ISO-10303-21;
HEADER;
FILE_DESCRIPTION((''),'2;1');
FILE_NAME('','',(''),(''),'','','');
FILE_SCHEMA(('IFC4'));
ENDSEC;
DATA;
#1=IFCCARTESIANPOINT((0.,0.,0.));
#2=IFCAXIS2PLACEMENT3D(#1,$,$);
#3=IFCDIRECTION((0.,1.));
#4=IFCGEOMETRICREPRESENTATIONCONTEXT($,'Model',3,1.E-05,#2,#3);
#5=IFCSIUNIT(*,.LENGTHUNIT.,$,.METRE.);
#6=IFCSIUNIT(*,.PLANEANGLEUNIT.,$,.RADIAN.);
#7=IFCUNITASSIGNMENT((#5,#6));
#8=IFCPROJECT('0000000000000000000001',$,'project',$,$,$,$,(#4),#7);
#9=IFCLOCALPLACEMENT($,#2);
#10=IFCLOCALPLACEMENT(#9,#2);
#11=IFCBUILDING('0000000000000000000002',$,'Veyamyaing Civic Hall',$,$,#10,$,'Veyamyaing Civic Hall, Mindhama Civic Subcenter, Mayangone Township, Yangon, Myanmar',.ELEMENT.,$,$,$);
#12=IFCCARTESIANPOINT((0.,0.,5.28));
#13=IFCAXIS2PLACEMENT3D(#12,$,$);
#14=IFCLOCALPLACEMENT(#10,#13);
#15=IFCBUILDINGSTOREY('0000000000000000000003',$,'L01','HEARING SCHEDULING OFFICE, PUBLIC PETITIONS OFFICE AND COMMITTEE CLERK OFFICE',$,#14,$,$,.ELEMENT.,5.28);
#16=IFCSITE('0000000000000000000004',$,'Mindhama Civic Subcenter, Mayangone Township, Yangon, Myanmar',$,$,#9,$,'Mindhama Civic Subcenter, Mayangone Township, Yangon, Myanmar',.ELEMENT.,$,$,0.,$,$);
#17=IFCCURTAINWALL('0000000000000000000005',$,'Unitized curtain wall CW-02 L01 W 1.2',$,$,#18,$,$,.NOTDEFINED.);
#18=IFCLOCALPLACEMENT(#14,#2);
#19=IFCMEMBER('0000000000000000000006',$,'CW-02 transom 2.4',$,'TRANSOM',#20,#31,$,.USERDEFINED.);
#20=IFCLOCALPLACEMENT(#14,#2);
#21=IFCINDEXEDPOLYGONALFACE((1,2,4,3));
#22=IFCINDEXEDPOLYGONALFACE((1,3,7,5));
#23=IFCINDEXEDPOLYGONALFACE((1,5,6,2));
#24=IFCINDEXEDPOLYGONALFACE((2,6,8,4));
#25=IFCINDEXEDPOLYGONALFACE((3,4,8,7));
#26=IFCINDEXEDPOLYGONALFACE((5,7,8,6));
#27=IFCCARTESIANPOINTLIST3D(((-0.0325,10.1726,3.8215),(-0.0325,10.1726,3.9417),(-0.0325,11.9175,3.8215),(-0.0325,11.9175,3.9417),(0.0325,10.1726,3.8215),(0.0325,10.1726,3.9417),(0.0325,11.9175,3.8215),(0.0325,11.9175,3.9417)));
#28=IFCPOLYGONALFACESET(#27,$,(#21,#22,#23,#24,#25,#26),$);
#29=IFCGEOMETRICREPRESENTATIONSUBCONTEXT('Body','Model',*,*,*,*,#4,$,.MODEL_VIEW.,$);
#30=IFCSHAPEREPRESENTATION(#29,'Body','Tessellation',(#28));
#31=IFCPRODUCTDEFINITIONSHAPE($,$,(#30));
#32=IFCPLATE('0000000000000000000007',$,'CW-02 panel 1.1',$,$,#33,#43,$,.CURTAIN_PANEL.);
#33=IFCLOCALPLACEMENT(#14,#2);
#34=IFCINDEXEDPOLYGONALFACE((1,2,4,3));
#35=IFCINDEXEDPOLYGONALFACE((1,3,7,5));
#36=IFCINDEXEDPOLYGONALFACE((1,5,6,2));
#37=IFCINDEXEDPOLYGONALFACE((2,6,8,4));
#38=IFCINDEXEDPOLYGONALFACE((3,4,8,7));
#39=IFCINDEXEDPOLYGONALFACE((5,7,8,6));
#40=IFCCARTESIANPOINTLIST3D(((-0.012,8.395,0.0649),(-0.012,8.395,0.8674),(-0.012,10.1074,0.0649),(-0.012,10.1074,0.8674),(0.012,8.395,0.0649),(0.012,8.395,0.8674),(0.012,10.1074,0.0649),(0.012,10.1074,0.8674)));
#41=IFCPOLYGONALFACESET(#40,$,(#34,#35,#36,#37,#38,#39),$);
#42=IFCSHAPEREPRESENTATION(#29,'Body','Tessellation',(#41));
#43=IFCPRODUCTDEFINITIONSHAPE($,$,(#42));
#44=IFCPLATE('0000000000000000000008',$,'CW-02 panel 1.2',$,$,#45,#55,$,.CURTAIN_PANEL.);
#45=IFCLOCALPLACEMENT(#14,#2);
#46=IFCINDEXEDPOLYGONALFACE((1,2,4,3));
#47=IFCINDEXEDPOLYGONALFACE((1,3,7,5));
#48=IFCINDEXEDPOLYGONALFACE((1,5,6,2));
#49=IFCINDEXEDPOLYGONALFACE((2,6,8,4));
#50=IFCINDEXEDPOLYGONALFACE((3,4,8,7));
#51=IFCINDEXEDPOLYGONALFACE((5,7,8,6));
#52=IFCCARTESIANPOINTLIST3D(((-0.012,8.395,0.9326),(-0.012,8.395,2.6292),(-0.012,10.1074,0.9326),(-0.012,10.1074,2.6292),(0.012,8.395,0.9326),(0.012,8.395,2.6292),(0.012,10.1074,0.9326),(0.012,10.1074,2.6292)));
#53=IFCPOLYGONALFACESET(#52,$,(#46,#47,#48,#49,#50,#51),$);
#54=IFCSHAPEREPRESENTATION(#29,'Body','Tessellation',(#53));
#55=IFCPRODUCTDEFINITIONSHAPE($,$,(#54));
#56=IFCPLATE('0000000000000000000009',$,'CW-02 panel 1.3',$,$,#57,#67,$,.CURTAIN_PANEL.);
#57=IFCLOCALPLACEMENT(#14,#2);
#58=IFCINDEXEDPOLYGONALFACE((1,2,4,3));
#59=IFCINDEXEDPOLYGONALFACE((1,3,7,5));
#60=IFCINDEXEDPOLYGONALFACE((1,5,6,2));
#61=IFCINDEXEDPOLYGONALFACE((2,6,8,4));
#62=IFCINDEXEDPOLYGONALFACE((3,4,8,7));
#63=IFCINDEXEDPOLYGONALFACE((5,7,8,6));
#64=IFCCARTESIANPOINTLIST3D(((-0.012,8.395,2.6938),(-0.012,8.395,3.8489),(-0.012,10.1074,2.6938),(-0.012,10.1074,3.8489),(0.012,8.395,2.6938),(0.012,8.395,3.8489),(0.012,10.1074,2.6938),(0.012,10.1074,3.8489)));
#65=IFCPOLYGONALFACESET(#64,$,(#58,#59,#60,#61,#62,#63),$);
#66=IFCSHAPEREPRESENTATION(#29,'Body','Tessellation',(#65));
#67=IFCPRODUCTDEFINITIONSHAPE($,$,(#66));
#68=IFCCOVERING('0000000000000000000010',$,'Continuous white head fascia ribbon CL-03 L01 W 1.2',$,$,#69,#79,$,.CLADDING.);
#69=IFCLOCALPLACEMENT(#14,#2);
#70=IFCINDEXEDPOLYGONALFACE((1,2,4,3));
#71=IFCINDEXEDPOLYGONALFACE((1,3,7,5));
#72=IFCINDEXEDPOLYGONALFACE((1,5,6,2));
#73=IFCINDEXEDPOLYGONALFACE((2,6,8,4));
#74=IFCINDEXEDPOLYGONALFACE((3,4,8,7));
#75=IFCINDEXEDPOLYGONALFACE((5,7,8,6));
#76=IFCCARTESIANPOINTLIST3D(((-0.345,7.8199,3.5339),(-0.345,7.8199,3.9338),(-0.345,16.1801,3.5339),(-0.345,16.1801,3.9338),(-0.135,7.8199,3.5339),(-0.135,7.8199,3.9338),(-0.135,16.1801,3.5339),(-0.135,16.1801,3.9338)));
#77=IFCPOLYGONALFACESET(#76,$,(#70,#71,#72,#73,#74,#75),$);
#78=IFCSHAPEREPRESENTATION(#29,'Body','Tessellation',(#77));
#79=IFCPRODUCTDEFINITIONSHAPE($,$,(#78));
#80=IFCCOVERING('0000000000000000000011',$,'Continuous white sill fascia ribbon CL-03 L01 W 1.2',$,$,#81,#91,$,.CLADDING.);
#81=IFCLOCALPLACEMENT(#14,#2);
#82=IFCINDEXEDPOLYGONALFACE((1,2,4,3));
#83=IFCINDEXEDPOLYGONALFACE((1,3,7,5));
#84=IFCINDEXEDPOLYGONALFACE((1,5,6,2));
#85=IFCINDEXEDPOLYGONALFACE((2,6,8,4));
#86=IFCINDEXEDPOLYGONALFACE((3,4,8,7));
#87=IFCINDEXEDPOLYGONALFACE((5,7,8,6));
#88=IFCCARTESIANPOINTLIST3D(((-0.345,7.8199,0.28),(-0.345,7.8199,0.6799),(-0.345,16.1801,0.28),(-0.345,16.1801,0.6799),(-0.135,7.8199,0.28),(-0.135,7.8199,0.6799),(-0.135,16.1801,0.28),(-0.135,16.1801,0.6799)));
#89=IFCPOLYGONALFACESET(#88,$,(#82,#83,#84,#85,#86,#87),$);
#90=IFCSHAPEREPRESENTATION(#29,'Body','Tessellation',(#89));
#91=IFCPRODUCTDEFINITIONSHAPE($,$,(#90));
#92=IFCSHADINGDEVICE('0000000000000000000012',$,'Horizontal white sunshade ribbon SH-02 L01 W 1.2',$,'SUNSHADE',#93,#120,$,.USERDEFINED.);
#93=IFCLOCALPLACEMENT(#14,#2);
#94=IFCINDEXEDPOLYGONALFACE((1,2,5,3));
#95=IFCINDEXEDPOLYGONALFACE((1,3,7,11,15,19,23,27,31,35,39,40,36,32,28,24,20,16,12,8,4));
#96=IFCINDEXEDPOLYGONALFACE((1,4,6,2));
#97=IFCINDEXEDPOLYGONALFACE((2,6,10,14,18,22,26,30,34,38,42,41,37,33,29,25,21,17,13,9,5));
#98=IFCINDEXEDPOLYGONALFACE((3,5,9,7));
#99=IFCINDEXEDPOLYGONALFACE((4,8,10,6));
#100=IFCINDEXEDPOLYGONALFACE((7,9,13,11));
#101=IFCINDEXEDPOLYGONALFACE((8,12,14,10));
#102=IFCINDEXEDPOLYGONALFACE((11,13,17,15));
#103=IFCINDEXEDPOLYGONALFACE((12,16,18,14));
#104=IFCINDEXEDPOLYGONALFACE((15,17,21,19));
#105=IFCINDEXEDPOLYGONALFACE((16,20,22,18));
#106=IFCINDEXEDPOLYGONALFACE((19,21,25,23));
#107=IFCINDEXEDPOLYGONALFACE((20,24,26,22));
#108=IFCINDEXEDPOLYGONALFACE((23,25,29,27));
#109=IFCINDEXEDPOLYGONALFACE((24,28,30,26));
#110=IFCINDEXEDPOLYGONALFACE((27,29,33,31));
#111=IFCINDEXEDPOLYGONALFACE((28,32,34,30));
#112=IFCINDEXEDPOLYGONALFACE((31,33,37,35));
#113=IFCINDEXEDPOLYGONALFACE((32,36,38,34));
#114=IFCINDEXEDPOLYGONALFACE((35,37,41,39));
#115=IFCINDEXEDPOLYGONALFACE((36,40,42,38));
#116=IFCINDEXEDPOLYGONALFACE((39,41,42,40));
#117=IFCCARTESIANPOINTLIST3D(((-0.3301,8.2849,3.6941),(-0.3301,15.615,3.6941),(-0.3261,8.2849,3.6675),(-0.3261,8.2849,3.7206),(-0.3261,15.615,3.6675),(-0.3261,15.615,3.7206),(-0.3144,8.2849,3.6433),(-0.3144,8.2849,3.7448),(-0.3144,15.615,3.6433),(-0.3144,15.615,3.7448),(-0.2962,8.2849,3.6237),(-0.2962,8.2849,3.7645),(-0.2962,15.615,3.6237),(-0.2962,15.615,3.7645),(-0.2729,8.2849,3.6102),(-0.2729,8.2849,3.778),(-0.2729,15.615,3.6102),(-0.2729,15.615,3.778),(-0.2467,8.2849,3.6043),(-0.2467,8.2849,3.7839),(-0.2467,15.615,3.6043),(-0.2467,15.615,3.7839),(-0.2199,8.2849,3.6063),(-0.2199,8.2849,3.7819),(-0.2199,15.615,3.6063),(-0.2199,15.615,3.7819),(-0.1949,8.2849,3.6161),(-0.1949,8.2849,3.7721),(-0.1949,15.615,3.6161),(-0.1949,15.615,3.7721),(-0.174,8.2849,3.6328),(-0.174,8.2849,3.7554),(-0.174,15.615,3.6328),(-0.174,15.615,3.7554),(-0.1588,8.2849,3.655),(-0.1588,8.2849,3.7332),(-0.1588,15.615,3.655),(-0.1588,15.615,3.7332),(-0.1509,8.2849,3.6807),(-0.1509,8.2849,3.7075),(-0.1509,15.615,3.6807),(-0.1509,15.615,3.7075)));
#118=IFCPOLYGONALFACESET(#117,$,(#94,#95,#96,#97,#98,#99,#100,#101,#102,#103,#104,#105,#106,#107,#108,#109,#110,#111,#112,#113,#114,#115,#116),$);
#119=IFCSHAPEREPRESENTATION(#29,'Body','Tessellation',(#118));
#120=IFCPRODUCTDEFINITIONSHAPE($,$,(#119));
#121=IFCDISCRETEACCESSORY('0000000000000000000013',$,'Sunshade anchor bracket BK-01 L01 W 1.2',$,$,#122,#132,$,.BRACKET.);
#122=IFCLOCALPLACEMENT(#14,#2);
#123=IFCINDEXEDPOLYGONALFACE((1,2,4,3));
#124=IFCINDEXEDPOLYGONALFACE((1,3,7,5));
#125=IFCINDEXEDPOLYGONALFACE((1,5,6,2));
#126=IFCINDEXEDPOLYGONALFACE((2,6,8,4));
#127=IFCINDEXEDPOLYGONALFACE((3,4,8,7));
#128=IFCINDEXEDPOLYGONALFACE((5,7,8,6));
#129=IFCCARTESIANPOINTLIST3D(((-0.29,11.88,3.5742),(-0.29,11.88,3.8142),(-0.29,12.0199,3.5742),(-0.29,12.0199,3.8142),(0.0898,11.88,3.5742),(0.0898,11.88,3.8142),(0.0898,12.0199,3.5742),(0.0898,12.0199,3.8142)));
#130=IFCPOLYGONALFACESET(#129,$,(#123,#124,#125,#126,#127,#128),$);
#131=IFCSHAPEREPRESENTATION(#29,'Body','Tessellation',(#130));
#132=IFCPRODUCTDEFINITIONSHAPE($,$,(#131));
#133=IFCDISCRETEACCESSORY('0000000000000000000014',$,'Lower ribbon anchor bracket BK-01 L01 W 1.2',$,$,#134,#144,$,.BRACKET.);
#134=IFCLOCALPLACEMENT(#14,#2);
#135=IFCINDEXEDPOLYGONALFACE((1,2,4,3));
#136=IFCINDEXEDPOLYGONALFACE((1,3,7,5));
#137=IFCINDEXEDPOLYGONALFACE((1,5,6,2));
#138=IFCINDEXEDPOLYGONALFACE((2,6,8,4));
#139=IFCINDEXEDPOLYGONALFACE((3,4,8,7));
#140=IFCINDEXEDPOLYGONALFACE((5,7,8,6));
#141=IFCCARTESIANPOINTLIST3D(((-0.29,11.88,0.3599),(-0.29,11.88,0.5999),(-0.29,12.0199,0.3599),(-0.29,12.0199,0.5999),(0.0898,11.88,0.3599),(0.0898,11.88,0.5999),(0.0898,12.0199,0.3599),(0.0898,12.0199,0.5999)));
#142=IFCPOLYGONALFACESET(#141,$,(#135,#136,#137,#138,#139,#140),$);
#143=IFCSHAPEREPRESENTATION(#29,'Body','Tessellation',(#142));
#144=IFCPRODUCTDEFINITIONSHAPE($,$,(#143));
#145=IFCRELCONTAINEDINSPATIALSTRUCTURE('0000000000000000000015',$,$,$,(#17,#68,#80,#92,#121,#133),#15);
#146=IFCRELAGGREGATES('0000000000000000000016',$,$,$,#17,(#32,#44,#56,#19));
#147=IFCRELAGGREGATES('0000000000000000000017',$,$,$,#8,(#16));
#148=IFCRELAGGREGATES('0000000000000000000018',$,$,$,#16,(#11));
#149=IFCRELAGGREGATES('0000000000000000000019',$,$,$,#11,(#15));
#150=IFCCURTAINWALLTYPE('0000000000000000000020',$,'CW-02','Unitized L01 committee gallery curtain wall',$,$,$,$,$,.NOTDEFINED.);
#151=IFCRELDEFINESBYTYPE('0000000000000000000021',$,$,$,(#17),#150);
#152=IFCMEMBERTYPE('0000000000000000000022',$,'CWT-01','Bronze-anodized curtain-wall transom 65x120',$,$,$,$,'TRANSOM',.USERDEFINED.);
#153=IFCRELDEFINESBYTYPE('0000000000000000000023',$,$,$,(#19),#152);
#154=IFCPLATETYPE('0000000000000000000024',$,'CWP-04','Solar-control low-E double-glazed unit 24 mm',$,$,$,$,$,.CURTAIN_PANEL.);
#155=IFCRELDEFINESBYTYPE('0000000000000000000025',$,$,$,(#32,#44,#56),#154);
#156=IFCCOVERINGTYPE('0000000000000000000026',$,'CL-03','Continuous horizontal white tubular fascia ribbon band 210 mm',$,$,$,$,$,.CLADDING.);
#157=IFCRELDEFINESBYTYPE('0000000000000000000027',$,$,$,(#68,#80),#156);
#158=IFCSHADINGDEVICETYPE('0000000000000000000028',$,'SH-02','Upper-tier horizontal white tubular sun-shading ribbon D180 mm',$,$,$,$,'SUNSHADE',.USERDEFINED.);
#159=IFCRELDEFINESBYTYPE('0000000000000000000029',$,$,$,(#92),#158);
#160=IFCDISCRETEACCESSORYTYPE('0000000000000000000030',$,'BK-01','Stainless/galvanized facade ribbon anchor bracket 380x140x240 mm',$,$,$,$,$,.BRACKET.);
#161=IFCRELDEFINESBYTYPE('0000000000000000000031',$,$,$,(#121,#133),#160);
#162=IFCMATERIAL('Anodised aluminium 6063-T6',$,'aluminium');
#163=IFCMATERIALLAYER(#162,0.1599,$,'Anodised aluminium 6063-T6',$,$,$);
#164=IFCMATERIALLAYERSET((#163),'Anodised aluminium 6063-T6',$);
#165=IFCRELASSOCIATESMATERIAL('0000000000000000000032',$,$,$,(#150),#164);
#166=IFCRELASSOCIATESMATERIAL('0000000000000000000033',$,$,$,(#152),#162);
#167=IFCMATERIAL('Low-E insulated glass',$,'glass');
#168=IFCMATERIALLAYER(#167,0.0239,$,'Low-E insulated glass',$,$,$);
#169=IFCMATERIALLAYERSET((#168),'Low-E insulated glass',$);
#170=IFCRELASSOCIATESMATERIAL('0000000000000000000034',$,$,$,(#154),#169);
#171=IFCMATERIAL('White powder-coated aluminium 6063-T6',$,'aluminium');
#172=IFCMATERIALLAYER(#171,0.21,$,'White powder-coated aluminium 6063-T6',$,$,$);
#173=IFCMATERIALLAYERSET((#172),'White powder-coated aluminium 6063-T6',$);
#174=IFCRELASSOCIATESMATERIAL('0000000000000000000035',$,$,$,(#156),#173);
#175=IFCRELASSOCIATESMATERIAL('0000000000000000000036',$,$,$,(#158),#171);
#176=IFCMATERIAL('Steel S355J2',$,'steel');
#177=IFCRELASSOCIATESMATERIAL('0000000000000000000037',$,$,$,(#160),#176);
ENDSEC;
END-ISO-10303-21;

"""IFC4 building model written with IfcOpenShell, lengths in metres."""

from ifc_helpers import new_model, si_unit, direction, frame, origin, origin_2d, place, context, subcontext, project, spatial, rectangle, circle, extrude, material, layer, layer_set, material_profile, profile_set, type_object, element, aggregate, save


model = new_model("IFC4")

# Units and contexts
model_context = context("Model", 3, precision=1e-05, world=origin(), true_north=direction((0.0, 1.0)))
body_context = subcontext(model_context, "Body", "Model", "MODEL_VIEW")
ifc_project = project(units=[si_unit("LENGTHUNIT", "METRE"), si_unit("PLANEANGLEUNIT", "RADIAN")], contexts=[model_context])

# Site, building, storey
site_placement = place(None, origin())
site = spatial("IfcSite", under=ifc_project, at=site_placement, Name="Mindhama Civic Subcenter, Mayangone Township, Yangon, Myanmar", LongName="Mindhama Civic Subcenter, Mayangone Township, Yangon, Myanmar", CompositionType="ELEMENT", RefElevation=0.0)
building_placement = place(site_placement, origin())
building = spatial("IfcBuilding", under=site, at=building_placement, Name="Veyamyaing Civic Hall", LongName="Veyamyaing Civic Hall, Mindhama Civic Subcenter, Mayangone Township, Yangon, Myanmar", CompositionType="ELEMENT")
storey_placement = place(building_placement, frame((0.0, 0.0, 5.28)))
storey = spatial("IfcBuildingStorey", under=building, at=storey_placement, Name="L01", Description="HEARING SCHEDULING OFFICE, PUBLIC PETITIONS OFFICE AND COMMITTEE CLERK OFFICE", CompositionType="ELEMENT", Elevation=5.28)

# Curtain wall, member, plates
ifc_material_1 = material(Name="Anodised aluminium 6063-T6", Category="aluminium")
ifc_layer_1 = layer(ifc_material_1, 0.1599, Name="Anodised aluminium 6063-T6")
ifc_layer_set_1 = layer_set([ifc_layer_1], Name="Anodised aluminium 6063-T6")
curtain_wall_type = type_object("IfcCurtainWallType", Name="CW-02", Description="Unitized L01 committee gallery curtain wall", PredefinedType="NOTDEFINED", material=ifc_layer_set_1)
curtain_wall_placement = place(storey_placement, origin())
curtain_wall = element("IfcCurtainWall", 1, at=curtain_wall_placement, inside=storey, type_object=curtain_wall_type, Name="Unitized curtain wall CW-02 L01 W 1.2", PredefinedType="NOTDEFINED")
ifc_material_profile_1 = material_profile(ifc_material_1, rectangle(XDim=0.0649, YDim=0.1201, at=origin_2d()), Name="ALU-TRN-65X120")
ifc_profile_set_1 = profile_set([ifc_material_profile_1], Name="Anodised aluminium 6063-T6")
member_type_1 = type_object("IfcMemberType", Name="CWT-01", Description="Bronze-anodized curtain-wall transom 65x120", ElementType="TRANSOM", PredefinedType="USERDEFINED", material=ifc_profile_set_1)
member_1_placement = place(storey_placement, frame((0.0, 10.1726, 3.8816), z_axis=(0.0, 1.0, 0.0), x_axis=(-1.0, 0.0, 0.0)))
member_1 = element("IfcMember", 2, at=member_1_placement, type_object=member_type_1, Name="CW-02 transom 2.4", ObjectType="TRANSOM", PredefinedType="USERDEFINED", context=body_context, shape_type="SweptSolid", body=[
    extrude(rectangle(XDim=0.0649, YDim=0.1201, at=origin_2d()), origin(), (0.0, 0.0, 1.0), 1.7449),
])
ifc_material_2 = material(Name="Low-E insulated glass", Category="glass")
ifc_layer_2 = layer(ifc_material_2, 0.0239, Name="Low-E insulated glass")
ifc_layer_set_2 = layer_set([ifc_layer_2], Name="Low-E insulated glass")
plate_type = type_object("IfcPlateType", Name="CWP-04", Description="Solar-control low-E double-glazed unit 24 mm", PredefinedType="CURTAIN_PANEL", material=ifc_layer_set_2)
plate_1_placement = place(storey_placement, frame((0.0, 9.2512, 0.0649), z_axis=(0.0, 0.0, 1.0), x_axis=(0.0, 1.0, 0.0)))
plate_1 = element("IfcPlate", 3, at=plate_1_placement, type_object=plate_type, Name="CW-02 panel 1.1", PredefinedType="CURTAIN_PANEL", context=body_context, shape_type="SweptSolid", body=[
    extrude(rectangle(XDim=1.7124, YDim=0.0239, at=origin_2d()), origin(), (0.0, 0.0, 1.0), 0.8025),
])
plate_2_placement = place(storey_placement, frame((0.0, 9.2512, 0.9326), z_axis=(0.0, 0.0, 1.0), x_axis=(0.0, 1.0, 0.0)))
plate_2 = element("IfcPlate", 4, at=plate_2_placement, type_object=plate_type, Name="CW-02 panel 1.2", PredefinedType="CURTAIN_PANEL", context=body_context, shape_type="SweptSolid", body=[
    extrude(rectangle(XDim=1.7124, YDim=0.0239, at=origin_2d()), origin(), (0.0, 0.0, 1.0), 1.6965),
])
plate_3_placement = place(storey_placement, frame((0.0, 9.2512, 2.6938), z_axis=(0.0, 0.0, 1.0), x_axis=(0.0, 1.0, 0.0)))
plate_3 = element("IfcPlate", 5, at=plate_3_placement, type_object=plate_type, Name="CW-02 panel 1.3", PredefinedType="CURTAIN_PANEL", context=body_context, shape_type="SweptSolid", body=[
    extrude(rectangle(XDim=1.7124, YDim=0.0239, at=origin_2d()), origin(), (0.0, 0.0, 1.0), 1.155),
])
aggregate(curtain_wall, [plate_1, plate_2, plate_3, member_1])

# Coverings
ifc_material_3 = material(Name="White powder-coated aluminium 6063-T6", Category="aluminium")
ifc_layer_3 = layer(ifc_material_3, 0.21, Name="White powder-coated aluminium 6063-T6")
ifc_layer_set_3 = layer_set([ifc_layer_3], Name="White powder-coated aluminium 6063-T6")
covering_type = type_object("IfcCoveringType", Name="CL-03", Description="Continuous horizontal white tubular fascia ribbon band 210 mm", PredefinedType="CLADDING", material=ifc_layer_set_3)
for number, where, z_axis, x_axis, name in (
    (6, (-0.24, 12.0, 3.5339), (0.0, 0.0, 1.0), (0.0, 1.0, 0.0), "Continuous white head fascia ribbon CL-03 L01 W 1.2"),
    (7, (-0.24, 12.0, 0.28), (0.0, 0.0, 1.0), (0.0, 1.0, 0.0), "Continuous white sill fascia ribbon CL-03 L01 W 1.2"),
):
    element("IfcCovering", number, at=place(storey_placement, frame(where, z_axis=z_axis, x_axis=x_axis)), inside=storey, type_object=covering_type, Name=name, PredefinedType="CLADDING", context=body_context, shape_type="SweptSolid", body=[
        extrude(rectangle(XDim=8.3601, YDim=0.21, at=origin_2d()), origin(), (0.0, 0.0, 1.0), 0.3999),
    ])

# Shading device
ifc_material_profile_2 = material_profile(ifc_material_3, circle(Radius=0.0901, at=origin_2d()), Name="SHADE-TUBE-180")
ifc_profile_set_2 = profile_set([ifc_material_profile_2], Name="White powder-coated aluminium 6063-T6")
shading_device_type = type_object("IfcShadingDeviceType", Name="SH-02", Description="Upper-tier horizontal white tubular sun-shading ribbon D180 mm", ElementType="SUNSHADE", PredefinedType="USERDEFINED", material=ifc_profile_set_2)
shading_device_placement = place(storey_placement, frame((-0.24, 8.2849, 3.6941), z_axis=(0.0, 1.0, 0.0), x_axis=(-1.0, 0.0, 0.0)))
element("IfcShadingDevice", 8, at=shading_device_placement, inside=storey, type_object=shading_device_type, Name="Horizontal white sunshade ribbon SH-02 L01 W 1.2", ObjectType="SUNSHADE", PredefinedType="USERDEFINED", context=body_context, shape_type="SweptSolid", body=[
    extrude(circle(Radius=0.0901, at=origin_2d()), origin(), (0.0, 0.0, 1.0), 7.3301),
])

# Discrete accessories
ifc_material_4 = material(Name="Steel S355J2", Category="steel")
discrete_accessory_type = type_object("IfcDiscreteAccessoryType", Name="BK-01", Description="Stainless/galvanized facade ribbon anchor bracket 380x140x240 mm", PredefinedType="BRACKET", material=ifc_material_4)
for number, where, z_axis, x_axis, name in (
    (9, (-0.1001, 11.95, 3.5742), (0.0, 0.0, 1.0), (-1.0, 0.0, 0.0), "Sunshade anchor bracket BK-01 L01 W 1.2"),
    (10, (-0.1001, 11.95, 0.3599), (0.0, 0.0, 1.0), (-1.0, 0.0, 0.0), "Lower ribbon anchor bracket BK-01 L01 W 1.2"),
):
    element("IfcDiscreteAccessory", number, at=place(storey_placement, frame(where, z_axis=z_axis, x_axis=x_axis)), inside=storey, type_object=discrete_accessory_type, Name=name, PredefinedType="BRACKET", context=body_context, shape_type="SweptSolid", body=[
        extrude(rectangle(XDim=0.3799, YDim=0.1399, at=origin_2d()), origin(), (0.0, 0.0, 1.0), 0.24),
    ])

save(model, "model.ifc")
